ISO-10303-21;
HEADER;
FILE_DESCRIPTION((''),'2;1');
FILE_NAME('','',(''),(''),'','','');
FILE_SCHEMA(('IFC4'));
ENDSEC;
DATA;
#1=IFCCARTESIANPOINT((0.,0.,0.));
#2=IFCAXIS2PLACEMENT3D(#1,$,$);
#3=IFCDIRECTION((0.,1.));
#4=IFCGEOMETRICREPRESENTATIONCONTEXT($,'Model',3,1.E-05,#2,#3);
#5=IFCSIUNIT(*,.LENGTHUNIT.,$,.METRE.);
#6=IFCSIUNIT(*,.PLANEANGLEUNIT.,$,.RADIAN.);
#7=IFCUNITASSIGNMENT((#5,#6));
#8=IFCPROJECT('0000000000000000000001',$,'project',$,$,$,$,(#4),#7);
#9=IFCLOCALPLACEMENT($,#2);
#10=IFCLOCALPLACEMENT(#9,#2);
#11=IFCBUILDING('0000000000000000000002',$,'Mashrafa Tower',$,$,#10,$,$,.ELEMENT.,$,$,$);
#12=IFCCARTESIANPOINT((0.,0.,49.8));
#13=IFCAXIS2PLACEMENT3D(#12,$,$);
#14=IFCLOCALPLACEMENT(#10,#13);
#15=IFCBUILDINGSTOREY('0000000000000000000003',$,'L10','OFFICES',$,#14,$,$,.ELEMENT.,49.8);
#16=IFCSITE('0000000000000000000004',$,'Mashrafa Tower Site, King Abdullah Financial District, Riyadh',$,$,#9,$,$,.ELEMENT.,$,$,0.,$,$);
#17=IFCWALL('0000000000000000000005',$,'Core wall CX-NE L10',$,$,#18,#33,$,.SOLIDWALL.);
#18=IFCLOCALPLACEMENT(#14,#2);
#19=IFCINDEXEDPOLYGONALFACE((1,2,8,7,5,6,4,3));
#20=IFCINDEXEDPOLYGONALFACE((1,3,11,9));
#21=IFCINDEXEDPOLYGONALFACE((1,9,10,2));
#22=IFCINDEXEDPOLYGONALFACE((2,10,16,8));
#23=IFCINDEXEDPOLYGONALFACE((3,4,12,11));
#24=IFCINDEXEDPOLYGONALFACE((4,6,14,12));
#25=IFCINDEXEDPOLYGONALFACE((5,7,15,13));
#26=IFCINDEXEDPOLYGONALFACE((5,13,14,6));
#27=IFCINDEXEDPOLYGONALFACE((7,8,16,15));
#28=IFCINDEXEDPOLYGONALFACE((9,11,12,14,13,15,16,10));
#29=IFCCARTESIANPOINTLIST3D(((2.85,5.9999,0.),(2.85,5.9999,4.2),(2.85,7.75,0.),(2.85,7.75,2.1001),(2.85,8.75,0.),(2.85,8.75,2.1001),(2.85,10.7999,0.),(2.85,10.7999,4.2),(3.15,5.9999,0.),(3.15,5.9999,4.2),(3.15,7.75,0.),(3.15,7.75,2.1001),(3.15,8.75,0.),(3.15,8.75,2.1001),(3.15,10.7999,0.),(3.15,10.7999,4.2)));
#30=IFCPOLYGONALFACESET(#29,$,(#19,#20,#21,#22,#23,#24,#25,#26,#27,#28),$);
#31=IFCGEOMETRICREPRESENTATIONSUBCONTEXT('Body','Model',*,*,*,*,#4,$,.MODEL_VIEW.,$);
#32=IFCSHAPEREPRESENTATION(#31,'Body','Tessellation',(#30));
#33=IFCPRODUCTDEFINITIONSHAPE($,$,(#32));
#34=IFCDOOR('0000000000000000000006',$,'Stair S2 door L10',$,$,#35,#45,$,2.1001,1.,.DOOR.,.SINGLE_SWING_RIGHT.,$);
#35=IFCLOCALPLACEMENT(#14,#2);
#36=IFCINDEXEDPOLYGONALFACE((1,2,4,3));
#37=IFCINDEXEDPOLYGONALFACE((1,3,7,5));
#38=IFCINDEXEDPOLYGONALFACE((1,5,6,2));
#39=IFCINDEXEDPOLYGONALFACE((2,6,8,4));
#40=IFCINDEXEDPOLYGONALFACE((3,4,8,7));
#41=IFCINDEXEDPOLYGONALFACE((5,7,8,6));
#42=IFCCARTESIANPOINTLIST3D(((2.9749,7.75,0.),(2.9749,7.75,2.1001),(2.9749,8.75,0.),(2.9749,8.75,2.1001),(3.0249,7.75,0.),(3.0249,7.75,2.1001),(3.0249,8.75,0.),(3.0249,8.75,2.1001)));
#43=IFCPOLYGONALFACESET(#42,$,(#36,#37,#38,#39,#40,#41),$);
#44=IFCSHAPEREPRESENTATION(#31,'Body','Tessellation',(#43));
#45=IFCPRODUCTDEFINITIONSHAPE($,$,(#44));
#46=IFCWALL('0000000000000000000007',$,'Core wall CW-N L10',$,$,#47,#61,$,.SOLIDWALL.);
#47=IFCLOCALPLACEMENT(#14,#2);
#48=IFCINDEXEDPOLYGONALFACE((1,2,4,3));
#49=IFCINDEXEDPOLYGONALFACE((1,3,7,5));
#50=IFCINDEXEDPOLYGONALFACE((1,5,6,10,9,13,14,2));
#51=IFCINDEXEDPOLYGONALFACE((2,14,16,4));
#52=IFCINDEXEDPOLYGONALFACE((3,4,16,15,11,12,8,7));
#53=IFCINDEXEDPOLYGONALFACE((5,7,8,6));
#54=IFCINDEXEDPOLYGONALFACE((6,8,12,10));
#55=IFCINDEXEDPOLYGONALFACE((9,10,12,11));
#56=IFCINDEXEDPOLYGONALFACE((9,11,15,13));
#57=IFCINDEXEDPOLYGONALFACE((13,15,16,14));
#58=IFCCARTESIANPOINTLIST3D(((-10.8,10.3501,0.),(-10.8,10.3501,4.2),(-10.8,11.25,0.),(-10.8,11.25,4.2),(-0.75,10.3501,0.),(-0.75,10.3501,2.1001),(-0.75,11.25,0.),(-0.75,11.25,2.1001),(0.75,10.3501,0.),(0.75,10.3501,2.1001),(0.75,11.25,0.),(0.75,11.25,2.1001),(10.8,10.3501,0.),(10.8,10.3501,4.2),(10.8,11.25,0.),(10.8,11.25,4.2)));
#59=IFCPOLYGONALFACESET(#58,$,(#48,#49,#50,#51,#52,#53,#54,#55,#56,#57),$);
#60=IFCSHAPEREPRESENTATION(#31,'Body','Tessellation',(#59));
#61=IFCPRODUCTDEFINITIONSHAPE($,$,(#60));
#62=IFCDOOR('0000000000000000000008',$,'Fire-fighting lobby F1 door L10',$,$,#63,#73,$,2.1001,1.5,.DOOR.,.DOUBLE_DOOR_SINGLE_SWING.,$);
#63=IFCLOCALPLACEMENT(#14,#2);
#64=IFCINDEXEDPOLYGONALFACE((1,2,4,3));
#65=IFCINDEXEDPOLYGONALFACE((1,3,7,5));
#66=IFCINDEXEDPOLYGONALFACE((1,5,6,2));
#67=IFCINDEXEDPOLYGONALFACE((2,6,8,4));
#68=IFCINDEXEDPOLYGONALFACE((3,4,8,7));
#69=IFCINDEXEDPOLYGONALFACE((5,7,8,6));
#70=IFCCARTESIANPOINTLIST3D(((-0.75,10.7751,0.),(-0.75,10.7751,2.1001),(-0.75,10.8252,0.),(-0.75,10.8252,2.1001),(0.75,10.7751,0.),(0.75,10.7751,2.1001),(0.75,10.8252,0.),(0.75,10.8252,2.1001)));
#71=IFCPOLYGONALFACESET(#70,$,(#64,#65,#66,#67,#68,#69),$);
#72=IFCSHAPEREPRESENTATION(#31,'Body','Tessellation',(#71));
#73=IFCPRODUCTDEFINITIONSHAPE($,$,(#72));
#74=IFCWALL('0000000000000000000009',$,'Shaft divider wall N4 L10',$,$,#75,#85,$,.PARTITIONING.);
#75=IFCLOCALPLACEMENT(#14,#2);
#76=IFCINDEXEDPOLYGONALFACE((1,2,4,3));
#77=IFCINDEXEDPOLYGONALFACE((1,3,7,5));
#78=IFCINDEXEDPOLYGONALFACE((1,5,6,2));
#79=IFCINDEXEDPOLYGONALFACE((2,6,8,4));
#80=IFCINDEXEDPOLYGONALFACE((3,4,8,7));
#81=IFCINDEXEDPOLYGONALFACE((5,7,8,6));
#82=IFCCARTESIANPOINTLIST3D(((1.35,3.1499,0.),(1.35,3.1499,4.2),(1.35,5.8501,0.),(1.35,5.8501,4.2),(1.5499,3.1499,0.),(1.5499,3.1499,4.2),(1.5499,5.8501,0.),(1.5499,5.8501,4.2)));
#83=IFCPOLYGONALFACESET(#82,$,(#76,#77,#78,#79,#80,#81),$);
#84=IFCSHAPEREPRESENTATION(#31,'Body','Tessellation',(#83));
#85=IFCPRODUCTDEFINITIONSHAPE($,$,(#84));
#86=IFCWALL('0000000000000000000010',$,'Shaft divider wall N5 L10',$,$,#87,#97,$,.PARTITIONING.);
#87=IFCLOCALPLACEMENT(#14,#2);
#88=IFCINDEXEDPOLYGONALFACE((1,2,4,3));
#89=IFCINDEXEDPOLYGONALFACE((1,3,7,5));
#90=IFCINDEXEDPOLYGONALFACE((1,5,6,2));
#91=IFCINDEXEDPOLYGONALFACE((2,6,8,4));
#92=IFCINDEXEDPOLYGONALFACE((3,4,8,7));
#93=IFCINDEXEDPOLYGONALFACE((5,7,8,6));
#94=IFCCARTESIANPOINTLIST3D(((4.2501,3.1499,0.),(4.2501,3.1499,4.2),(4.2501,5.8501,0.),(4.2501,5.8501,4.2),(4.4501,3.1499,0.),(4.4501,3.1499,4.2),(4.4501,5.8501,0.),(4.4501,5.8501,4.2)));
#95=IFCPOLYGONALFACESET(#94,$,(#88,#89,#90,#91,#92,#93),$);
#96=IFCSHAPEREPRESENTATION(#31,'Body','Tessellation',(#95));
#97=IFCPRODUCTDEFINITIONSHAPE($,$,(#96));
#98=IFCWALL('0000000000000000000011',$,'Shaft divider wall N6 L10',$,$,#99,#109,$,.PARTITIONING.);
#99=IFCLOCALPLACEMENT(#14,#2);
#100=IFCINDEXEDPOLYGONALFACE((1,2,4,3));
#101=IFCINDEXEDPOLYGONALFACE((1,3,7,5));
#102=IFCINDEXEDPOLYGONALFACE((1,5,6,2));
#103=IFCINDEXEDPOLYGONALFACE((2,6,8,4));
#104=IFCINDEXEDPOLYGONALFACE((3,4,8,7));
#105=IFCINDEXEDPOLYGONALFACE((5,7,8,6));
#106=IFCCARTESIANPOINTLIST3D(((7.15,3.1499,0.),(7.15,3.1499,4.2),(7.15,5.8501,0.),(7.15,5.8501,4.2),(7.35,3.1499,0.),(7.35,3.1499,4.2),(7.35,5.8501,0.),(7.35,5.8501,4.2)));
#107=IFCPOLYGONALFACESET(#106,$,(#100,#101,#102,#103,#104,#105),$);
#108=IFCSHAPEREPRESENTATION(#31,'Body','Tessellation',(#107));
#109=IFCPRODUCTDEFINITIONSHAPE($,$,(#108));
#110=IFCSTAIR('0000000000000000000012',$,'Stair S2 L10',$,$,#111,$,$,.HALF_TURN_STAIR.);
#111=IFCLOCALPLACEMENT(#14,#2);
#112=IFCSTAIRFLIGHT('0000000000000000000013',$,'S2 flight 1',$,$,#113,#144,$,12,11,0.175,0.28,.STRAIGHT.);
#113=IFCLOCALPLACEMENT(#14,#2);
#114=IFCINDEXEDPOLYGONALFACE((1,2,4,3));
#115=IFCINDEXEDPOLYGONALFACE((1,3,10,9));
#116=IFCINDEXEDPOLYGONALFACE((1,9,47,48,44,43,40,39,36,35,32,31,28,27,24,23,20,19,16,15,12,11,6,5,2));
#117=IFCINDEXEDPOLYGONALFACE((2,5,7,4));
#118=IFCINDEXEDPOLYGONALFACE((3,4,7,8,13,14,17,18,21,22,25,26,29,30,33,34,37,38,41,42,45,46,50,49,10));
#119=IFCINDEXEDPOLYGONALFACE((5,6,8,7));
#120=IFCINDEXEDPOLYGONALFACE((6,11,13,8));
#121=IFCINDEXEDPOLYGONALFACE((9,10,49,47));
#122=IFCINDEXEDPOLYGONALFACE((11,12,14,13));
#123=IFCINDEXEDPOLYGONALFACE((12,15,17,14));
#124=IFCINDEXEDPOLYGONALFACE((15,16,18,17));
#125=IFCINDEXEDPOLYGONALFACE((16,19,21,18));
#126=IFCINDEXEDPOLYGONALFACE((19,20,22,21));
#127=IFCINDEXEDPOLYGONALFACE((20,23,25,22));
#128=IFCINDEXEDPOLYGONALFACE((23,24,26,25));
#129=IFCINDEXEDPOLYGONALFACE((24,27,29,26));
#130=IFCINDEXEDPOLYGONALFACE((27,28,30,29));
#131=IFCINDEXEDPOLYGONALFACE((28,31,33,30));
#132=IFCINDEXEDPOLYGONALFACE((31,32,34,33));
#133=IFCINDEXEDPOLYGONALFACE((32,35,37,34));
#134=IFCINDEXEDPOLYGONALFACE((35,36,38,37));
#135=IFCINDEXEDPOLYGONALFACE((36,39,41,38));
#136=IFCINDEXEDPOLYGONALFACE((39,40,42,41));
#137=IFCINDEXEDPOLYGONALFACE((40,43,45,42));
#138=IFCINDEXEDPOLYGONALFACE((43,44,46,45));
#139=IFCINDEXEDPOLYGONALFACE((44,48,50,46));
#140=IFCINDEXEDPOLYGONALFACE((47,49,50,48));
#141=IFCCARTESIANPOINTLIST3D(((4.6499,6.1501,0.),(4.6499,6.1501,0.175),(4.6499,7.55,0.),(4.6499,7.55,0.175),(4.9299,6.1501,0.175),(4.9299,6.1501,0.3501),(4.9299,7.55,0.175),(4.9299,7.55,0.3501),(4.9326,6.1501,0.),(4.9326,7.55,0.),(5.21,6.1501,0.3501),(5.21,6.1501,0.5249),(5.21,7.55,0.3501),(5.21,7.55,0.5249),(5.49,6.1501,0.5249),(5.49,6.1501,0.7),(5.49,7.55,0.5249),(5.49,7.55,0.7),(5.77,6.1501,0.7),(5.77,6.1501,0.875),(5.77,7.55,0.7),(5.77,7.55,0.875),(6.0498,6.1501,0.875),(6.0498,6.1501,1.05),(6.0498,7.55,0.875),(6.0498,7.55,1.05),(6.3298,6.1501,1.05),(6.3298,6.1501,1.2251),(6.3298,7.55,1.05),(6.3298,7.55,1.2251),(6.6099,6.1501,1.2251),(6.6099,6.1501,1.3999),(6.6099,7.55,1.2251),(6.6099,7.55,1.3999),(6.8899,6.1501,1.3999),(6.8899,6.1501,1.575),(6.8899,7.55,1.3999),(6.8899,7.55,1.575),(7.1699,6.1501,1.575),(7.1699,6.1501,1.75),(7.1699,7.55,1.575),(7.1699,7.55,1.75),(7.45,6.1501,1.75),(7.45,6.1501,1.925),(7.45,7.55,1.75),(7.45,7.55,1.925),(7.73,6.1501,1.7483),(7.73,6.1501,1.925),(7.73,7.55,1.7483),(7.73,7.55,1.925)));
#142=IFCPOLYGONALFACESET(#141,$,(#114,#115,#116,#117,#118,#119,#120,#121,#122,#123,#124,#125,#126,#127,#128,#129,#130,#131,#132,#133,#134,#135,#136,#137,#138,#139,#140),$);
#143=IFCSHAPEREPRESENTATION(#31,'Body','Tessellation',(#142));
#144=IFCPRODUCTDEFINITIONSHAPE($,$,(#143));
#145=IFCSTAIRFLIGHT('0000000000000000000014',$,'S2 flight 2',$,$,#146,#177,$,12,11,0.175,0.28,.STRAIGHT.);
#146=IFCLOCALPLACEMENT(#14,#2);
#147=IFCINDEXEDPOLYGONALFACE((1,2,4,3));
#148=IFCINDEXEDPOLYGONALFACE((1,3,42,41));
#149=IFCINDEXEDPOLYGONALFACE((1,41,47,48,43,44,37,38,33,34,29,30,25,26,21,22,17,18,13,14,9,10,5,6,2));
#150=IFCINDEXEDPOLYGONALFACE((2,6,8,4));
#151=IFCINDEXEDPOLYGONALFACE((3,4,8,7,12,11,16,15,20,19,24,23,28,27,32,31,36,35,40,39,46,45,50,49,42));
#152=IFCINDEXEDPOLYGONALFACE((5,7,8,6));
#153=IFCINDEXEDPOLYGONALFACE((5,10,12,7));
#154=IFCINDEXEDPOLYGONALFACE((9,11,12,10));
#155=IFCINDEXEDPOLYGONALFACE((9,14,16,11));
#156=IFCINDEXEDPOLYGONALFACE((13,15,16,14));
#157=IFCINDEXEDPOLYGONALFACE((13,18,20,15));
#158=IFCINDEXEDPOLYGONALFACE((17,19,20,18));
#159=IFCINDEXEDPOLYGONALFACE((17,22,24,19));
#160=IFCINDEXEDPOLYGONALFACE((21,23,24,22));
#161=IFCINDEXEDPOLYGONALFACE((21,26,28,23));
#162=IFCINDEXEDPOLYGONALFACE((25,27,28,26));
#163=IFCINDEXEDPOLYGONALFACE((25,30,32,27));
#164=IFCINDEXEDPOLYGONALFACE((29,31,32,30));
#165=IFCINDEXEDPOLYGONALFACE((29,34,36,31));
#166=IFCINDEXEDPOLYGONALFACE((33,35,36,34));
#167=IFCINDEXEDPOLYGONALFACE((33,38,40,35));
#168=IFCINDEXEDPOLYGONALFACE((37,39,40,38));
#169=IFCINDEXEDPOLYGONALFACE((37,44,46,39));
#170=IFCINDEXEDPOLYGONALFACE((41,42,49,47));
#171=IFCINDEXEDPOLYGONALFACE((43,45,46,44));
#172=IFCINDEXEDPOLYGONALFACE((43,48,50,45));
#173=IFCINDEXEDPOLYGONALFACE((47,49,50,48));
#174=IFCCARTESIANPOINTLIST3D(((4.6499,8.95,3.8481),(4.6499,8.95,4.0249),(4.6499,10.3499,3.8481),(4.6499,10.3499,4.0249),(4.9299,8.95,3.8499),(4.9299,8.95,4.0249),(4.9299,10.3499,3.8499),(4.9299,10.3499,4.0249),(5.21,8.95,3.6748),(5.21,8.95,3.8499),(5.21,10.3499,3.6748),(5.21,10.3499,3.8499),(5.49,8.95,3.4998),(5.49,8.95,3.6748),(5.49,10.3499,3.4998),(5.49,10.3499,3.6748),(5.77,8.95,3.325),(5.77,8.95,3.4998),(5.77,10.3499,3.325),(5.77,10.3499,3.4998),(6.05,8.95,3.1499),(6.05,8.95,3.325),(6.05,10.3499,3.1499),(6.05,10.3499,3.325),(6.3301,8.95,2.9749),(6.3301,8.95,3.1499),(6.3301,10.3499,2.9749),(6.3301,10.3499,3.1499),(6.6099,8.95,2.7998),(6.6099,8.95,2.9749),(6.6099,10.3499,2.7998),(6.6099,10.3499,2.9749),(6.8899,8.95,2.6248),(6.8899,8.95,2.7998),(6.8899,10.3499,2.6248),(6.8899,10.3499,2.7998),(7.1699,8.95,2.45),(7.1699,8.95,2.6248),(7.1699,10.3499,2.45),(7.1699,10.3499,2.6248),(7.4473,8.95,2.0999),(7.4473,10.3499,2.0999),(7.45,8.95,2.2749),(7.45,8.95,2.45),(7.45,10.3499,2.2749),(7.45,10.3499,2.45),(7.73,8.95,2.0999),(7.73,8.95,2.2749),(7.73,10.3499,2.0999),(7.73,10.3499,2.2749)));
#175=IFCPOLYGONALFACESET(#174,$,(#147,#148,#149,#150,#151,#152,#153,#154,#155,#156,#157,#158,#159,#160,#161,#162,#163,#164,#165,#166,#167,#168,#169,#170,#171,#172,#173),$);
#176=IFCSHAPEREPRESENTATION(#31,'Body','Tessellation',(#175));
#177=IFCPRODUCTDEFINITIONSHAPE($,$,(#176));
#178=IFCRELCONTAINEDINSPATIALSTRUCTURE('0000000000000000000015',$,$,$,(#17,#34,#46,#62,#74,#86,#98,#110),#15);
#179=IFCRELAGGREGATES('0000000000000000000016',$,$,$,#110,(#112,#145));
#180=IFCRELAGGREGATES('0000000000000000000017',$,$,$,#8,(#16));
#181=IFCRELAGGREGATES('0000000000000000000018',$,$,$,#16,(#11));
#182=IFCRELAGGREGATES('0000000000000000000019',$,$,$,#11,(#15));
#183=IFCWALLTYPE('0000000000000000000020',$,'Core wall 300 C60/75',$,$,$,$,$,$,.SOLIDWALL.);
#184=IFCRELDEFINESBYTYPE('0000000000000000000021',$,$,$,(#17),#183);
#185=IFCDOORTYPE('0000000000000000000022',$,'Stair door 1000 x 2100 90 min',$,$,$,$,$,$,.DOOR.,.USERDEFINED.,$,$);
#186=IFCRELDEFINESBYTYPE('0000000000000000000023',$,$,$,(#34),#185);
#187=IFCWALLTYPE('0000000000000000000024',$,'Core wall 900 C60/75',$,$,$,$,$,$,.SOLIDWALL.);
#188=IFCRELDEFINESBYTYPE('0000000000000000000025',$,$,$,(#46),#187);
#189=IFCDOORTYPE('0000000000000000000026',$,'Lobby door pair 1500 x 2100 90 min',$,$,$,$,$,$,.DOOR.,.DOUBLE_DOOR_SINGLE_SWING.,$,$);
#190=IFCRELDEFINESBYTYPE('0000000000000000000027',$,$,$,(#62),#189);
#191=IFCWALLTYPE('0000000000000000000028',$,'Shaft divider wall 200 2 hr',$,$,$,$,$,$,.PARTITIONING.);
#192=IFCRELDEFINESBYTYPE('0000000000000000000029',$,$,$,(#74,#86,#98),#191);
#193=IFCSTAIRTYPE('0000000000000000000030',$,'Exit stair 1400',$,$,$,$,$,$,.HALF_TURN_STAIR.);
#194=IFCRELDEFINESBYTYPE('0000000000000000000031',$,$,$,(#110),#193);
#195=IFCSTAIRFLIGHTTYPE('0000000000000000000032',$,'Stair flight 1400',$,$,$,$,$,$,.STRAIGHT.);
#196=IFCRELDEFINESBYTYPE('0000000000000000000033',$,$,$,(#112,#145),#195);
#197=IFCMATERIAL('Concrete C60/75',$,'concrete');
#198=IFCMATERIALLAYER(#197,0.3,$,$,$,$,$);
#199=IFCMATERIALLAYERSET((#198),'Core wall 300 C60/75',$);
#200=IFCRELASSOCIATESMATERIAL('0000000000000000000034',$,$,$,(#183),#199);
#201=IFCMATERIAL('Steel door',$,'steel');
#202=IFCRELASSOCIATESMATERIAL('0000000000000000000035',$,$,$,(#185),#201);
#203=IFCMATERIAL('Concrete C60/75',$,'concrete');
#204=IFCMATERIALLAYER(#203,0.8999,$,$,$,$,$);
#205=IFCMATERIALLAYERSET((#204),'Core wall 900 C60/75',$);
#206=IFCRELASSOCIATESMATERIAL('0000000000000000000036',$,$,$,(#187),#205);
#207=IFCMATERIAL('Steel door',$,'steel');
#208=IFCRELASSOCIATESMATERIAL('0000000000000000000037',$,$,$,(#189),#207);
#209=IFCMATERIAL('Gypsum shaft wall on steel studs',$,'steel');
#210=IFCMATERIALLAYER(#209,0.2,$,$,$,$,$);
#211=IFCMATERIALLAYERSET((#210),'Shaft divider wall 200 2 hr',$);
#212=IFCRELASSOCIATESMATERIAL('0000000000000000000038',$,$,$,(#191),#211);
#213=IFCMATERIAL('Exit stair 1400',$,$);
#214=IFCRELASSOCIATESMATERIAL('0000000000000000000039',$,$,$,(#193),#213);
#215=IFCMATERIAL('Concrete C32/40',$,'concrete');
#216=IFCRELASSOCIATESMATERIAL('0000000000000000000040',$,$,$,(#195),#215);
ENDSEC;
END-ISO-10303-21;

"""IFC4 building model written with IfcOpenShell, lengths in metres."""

from ifc_helpers import new_model, si_unit, direction, frame, frame_2d, origin, place, context, subcontext, project, spatial, polyline, rectangle, outline, extrude, material, layer, layer_set, type_object, element, fill, aggregate, save


model = new_model("IFC4")

# Units and contexts
model_context = context("Model", 3, precision=1e-05, world=origin(), true_north=direction((0.0, 1.0)))
body_context = subcontext(model_context, "Body", "Model", "MODEL_VIEW")
ifc_project = project(units=[si_unit("LENGTHUNIT", "METRE"), si_unit("PLANEANGLEUNIT", "RADIAN")], contexts=[model_context])

# Site, building, storey
site_placement = place(None, origin())
site = spatial("IfcSite", under=ifc_project, at=site_placement, Name="Mashrafa Tower Site, King Abdullah Financial District, Riyadh", CompositionType="ELEMENT", RefElevation=0.0)
building_placement = place(site_placement, origin())
building = spatial("IfcBuilding", under=site, at=building_placement, Name="Mashrafa Tower", CompositionType="ELEMENT")
storey_placement = place(building_placement, frame((0.0, 0.0, 49.8)))
storey = spatial("IfcBuildingStorey", under=building, at=storey_placement, Name="L10", Description="OFFICES", CompositionType="ELEMENT", Elevation=49.8)

# Walls, openings, doors
ifc_material_1 = material(Name="Concrete C60/75", Category="concrete")
ifc_layer_1 = layer(ifc_material_1, 0.3)
ifc_layer_set_1 = layer_set([ifc_layer_1], Name="Core wall 300 C60/75")
wall_type_1 = type_object("IfcWallType", Name="Core wall 300 C60/75", PredefinedType="SOLIDWALL", material=ifc_layer_set_1)
wall_1_placement = place(storey_placement, frame((3.0, 6.0, 0.0), z_axis=(0.0, 0.0, 1.0), x_axis=(0.0, 1.0, 0.0)))
wall_1 = element("IfcWall", 1, at=wall_1_placement, inside=storey, type_object=wall_type_1, Name="Core wall CX-NE L10", PredefinedType="SOLIDWALL", context=body_context, shape_type="SweptSolid", body=[
    extrude(rectangle(XDim=4.8, YDim=0.3, at=frame_2d((2.3999, 0.0))), origin(), (0.0, 0.0, 1.0), 4.2),
])
opening_1_placement = place(wall_1_placement, frame((1.75, 0.0, 0.0)))
opening_1 = element("IfcOpeningElement", 2, at=opening_1_placement, cuts=wall_1, PredefinedType="OPENING", context=body_context, shape_type="SweptSolid", body=[
    extrude(rectangle(XDim=1.0, YDim=2.1001, at=frame_2d((0.5, 1.05))), frame((0.0, 0.1599, 0.0), z_axis=(0.0, -1.0, 0.0), x_axis=(1.0, 0.0, 0.0)), (0.0, 0.0, 1.0), 0.3201),
])
ifc_material_2 = material(Name="Steel door", Category="steel")
door_type_1 = type_object("IfcDoorType", Name="Stair door 1000 x 2100 90 min", OperationType="USERDEFINED", PredefinedType="DOOR", material=ifc_material_2)
door_1_placement = place(opening_1_placement, frame((1.0, 0.0, 0.0), z_axis=(0.0, 0.0, 1.0), x_axis=(-1.0, 0.0, 0.0)))
door_1 = element("IfcDoor", 3, at=door_1_placement, inside=storey, type_object=door_type_1, Name="Stair S2 door L10", OperationType="SINGLE_SWING_RIGHT", OverallHeight=2.1001, OverallWidth=1.0, PredefinedType="DOOR", context=body_context, shape_type="SweptSolid", body=[
    extrude(rectangle(XDim=1.0, YDim=2.1001, at=frame_2d((0.5, 1.05))), frame((0.0, 0.0249, 0.0), z_axis=(0.0, -1.0, 0.0), x_axis=(1.0, 0.0, 0.0)), (0.0, 0.0, 1.0), 0.05),
])
fill(opening_1, door_1)
ifc_material_3 = material(Name="Concrete C60/75", Category="concrete")
ifc_layer_2 = layer(ifc_material_3, 0.8999)
ifc_layer_set_2 = layer_set([ifc_layer_2], Name="Core wall 900 C60/75")
wall_type_2 = type_object("IfcWallType", Name="Core wall 900 C60/75", PredefinedType="SOLIDWALL", material=ifc_layer_set_2)
wall_2_placement = place(storey_placement, frame((10.8, 10.8, 0.0), z_axis=(0.0, 0.0, 1.0), x_axis=(-1.0, 0.0, 0.0)))
wall_2 = element("IfcWall", 4, at=wall_2_placement, inside=storey, type_object=wall_type_2, Name="Core wall CW-N L10", PredefinedType="SOLIDWALL", context=body_context, shape_type="SweptSolid", body=[
    extrude(rectangle(XDim=21.6001, YDim=0.8999, at=frame_2d((10.8, 0.0))), origin(), (0.0, 0.0, 1.0), 4.2),
])
opening_2_placement = place(wall_2_placement, frame((10.05, 0.0, 0.0)))
opening_2 = element("IfcOpeningElement", 5, at=opening_2_placement, cuts=wall_2, PredefinedType="OPENING", context=body_context, shape_type="SweptSolid", body=[
    extrude(rectangle(XDim=1.5, YDim=2.1001, at=frame_2d((0.75, 1.05))), frame((0.0, 0.46, 0.0), z_axis=(0.0, -1.0, 0.0), x_axis=(1.0, 0.0, 0.0)), (0.0, 0.0, 1.0), 0.9199),
])
ifc_material_4 = material(Name="Steel door", Category="steel")
door_type_2 = type_object("IfcDoorType", Name="Lobby door pair 1500 x 2100 90 min", OperationType="DOUBLE_DOOR_SINGLE_SWING", PredefinedType="DOOR", material=ifc_material_4)
door_2_placement = place(opening_2_placement, origin())
door_2 = element("IfcDoor", 6, at=door_2_placement, inside=storey, type_object=door_type_2, Name="Fire-fighting lobby F1 door L10", OperationType="DOUBLE_DOOR_SINGLE_SWING", OverallHeight=2.1001, OverallWidth=1.5, PredefinedType="DOOR", context=body_context, shape_type="SweptSolid", body=[
    extrude(rectangle(XDim=1.5, YDim=2.1001, at=frame_2d((0.75, 1.05))), frame((0.0, 0.0249, 0.0), z_axis=(0.0, -1.0, 0.0), x_axis=(1.0, 0.0, 0.0)), (0.0, 0.0, 1.0), 0.05),
])
fill(opening_2, door_2)

# Walls
ifc_material_5 = material(Name="Gypsum shaft wall on steel studs", Category="steel")
ifc_layer_3 = layer(ifc_material_5, 0.2)
ifc_layer_set_3 = layer_set([ifc_layer_3], Name="Shaft divider wall 200 2 hr")
wall_type_3 = type_object("IfcWallType", Name="Shaft divider wall 200 2 hr", PredefinedType="PARTITIONING", material=ifc_layer_set_3)
for number, where, z_axis, x_axis, name in (
    (7, (1.45, 3.1499, 0.0), (0.0, 0.0, 1.0), (0.0, 1.0, 0.0), "Shaft divider wall N4 L10"),
    (8, (4.3501, 3.1499, 0.0), (0.0, 0.0, 1.0), (0.0, 1.0, 0.0), "Shaft divider wall N5 L10"),
    (9, (7.25, 3.1499, 0.0), (0.0, 0.0, 1.0), (0.0, 1.0, 0.0), "Shaft divider wall N6 L10"),
):
    element("IfcWall", number, at=place(storey_placement, frame(where, z_axis=z_axis, x_axis=x_axis)), inside=storey, type_object=wall_type_3, Name=name, PredefinedType="PARTITIONING", context=body_context, shape_type="SweptSolid", body=[
        extrude(rectangle(XDim=2.7002, YDim=0.2, at=frame_2d((1.3501, 0.0))), origin(), (0.0, 0.0, 1.0), 4.2),
    ])

# Stair, stair flights
ifc_material_6 = material(Name="Exit stair 1400")
stair_type = type_object("IfcStairType", Name="Exit stair 1400", PredefinedType="HALF_TURN_STAIR", material=ifc_material_6)
stair_placement = place(storey_placement, origin())
stair = element("IfcStair", 10, at=stair_placement, inside=storey, type_object=stair_type, Name="Stair S2 L10", PredefinedType="HALF_TURN_STAIR")
ifc_material_7 = material(Name="Concrete C32/40", Category="concrete")
stair_flight_type = type_object("IfcStairFlightType", Name="Stair flight 1400", PredefinedType="STRAIGHT", material=ifc_material_7)
stair_flight_1_placement = place(storey_placement, frame((4.6499, 6.8501, 0.0), z_axis=(0.0, 0.0, 1.0), x_axis=(1.0, 0.0, 0.0)))
stair_flight_1 = element("IfcStairFlight", 11, at=stair_flight_1_placement, type_object=stair_flight_type, Name="S2 flight 1", NumberOfRisers=12, NumberOfTreads=11, PredefinedType="STRAIGHT", RiserHeight=0.175, TreadLength=0.28, context=body_context, shape_type="SweptSolid", body=[
    extrude(outline(polyline([(0.0, 0.0), (0.0, 0.175), (0.28, 0.175), (0.28, 0.3501), (0.5601, 0.3501), (0.5601, 0.5249), (0.8401, 0.5249), (0.8401, 0.7), (1.1201, 0.7), (1.1201, 0.875), (1.3999, 0.875), (1.3999, 1.05), (1.6799, 1.05), (1.6799, 1.2251), (1.96, 1.2251), (1.96, 1.3999), (2.24, 1.3999), (2.24, 1.575), (2.52, 1.575), (2.52, 1.75), (2.8, 1.75), (2.8, 1.925), (3.0801, 1.925), (3.0801, 2.1001), (3.0801, 1.7483), (0.2827, 0.0), (0.0, 0.0)])), frame((0.0, 0.7, 0.0), z_axis=(0.0, -1.0, 0.0), x_axis=(1.0, 0.0, 0.0)), (0.0, 0.0, 1.0), 1.3999),
])
stair_flight_2_placement = place(storey_placement, frame((7.73, 9.6499, 2.0999), z_axis=(0.0, 0.0, 1.0), x_axis=(-1.0, 0.0, 0.0)))
stair_flight_2 = element("IfcStairFlight", 12, at=stair_flight_2_placement, type_object=stair_flight_type, Name="S2 flight 2", NumberOfRisers=12, NumberOfTreads=11, PredefinedType="STRAIGHT", RiserHeight=0.175, TreadLength=0.28, context=body_context, shape_type="SweptSolid", body=[
    extrude(outline(polyline([(0.0, 0.0), (0.0, 0.175), (0.28, 0.175), (0.28, 0.3501), (0.5601, 0.3501), (0.5601, 0.5249), (0.8401, 0.5249), (0.8401, 0.7), (1.1201, 0.7), (1.1201, 0.875), (1.3999, 0.875), (1.3999, 1.05), (1.6799, 1.05), (1.6799, 1.2251), (1.96, 1.2251), (1.96, 1.3999), (2.24, 1.3999), (2.24, 1.575), (2.52, 1.575), (2.52, 1.75), (2.8, 1.75), (2.8, 1.925), (3.0801, 1.925), (3.0801, 2.1001), (3.0801, 1.7483), (0.2827, 0.0), (0.0, 0.0)])), frame((0.0, 0.7, 0.0), z_axis=(0.0, -1.0, 0.0), x_axis=(1.0, 0.0, 0.0)), (0.0, 0.0, 1.0), 1.3999),
])
aggregate(stair, [stair_flight_1, stair_flight_2])

save(model, "model.ifc")
